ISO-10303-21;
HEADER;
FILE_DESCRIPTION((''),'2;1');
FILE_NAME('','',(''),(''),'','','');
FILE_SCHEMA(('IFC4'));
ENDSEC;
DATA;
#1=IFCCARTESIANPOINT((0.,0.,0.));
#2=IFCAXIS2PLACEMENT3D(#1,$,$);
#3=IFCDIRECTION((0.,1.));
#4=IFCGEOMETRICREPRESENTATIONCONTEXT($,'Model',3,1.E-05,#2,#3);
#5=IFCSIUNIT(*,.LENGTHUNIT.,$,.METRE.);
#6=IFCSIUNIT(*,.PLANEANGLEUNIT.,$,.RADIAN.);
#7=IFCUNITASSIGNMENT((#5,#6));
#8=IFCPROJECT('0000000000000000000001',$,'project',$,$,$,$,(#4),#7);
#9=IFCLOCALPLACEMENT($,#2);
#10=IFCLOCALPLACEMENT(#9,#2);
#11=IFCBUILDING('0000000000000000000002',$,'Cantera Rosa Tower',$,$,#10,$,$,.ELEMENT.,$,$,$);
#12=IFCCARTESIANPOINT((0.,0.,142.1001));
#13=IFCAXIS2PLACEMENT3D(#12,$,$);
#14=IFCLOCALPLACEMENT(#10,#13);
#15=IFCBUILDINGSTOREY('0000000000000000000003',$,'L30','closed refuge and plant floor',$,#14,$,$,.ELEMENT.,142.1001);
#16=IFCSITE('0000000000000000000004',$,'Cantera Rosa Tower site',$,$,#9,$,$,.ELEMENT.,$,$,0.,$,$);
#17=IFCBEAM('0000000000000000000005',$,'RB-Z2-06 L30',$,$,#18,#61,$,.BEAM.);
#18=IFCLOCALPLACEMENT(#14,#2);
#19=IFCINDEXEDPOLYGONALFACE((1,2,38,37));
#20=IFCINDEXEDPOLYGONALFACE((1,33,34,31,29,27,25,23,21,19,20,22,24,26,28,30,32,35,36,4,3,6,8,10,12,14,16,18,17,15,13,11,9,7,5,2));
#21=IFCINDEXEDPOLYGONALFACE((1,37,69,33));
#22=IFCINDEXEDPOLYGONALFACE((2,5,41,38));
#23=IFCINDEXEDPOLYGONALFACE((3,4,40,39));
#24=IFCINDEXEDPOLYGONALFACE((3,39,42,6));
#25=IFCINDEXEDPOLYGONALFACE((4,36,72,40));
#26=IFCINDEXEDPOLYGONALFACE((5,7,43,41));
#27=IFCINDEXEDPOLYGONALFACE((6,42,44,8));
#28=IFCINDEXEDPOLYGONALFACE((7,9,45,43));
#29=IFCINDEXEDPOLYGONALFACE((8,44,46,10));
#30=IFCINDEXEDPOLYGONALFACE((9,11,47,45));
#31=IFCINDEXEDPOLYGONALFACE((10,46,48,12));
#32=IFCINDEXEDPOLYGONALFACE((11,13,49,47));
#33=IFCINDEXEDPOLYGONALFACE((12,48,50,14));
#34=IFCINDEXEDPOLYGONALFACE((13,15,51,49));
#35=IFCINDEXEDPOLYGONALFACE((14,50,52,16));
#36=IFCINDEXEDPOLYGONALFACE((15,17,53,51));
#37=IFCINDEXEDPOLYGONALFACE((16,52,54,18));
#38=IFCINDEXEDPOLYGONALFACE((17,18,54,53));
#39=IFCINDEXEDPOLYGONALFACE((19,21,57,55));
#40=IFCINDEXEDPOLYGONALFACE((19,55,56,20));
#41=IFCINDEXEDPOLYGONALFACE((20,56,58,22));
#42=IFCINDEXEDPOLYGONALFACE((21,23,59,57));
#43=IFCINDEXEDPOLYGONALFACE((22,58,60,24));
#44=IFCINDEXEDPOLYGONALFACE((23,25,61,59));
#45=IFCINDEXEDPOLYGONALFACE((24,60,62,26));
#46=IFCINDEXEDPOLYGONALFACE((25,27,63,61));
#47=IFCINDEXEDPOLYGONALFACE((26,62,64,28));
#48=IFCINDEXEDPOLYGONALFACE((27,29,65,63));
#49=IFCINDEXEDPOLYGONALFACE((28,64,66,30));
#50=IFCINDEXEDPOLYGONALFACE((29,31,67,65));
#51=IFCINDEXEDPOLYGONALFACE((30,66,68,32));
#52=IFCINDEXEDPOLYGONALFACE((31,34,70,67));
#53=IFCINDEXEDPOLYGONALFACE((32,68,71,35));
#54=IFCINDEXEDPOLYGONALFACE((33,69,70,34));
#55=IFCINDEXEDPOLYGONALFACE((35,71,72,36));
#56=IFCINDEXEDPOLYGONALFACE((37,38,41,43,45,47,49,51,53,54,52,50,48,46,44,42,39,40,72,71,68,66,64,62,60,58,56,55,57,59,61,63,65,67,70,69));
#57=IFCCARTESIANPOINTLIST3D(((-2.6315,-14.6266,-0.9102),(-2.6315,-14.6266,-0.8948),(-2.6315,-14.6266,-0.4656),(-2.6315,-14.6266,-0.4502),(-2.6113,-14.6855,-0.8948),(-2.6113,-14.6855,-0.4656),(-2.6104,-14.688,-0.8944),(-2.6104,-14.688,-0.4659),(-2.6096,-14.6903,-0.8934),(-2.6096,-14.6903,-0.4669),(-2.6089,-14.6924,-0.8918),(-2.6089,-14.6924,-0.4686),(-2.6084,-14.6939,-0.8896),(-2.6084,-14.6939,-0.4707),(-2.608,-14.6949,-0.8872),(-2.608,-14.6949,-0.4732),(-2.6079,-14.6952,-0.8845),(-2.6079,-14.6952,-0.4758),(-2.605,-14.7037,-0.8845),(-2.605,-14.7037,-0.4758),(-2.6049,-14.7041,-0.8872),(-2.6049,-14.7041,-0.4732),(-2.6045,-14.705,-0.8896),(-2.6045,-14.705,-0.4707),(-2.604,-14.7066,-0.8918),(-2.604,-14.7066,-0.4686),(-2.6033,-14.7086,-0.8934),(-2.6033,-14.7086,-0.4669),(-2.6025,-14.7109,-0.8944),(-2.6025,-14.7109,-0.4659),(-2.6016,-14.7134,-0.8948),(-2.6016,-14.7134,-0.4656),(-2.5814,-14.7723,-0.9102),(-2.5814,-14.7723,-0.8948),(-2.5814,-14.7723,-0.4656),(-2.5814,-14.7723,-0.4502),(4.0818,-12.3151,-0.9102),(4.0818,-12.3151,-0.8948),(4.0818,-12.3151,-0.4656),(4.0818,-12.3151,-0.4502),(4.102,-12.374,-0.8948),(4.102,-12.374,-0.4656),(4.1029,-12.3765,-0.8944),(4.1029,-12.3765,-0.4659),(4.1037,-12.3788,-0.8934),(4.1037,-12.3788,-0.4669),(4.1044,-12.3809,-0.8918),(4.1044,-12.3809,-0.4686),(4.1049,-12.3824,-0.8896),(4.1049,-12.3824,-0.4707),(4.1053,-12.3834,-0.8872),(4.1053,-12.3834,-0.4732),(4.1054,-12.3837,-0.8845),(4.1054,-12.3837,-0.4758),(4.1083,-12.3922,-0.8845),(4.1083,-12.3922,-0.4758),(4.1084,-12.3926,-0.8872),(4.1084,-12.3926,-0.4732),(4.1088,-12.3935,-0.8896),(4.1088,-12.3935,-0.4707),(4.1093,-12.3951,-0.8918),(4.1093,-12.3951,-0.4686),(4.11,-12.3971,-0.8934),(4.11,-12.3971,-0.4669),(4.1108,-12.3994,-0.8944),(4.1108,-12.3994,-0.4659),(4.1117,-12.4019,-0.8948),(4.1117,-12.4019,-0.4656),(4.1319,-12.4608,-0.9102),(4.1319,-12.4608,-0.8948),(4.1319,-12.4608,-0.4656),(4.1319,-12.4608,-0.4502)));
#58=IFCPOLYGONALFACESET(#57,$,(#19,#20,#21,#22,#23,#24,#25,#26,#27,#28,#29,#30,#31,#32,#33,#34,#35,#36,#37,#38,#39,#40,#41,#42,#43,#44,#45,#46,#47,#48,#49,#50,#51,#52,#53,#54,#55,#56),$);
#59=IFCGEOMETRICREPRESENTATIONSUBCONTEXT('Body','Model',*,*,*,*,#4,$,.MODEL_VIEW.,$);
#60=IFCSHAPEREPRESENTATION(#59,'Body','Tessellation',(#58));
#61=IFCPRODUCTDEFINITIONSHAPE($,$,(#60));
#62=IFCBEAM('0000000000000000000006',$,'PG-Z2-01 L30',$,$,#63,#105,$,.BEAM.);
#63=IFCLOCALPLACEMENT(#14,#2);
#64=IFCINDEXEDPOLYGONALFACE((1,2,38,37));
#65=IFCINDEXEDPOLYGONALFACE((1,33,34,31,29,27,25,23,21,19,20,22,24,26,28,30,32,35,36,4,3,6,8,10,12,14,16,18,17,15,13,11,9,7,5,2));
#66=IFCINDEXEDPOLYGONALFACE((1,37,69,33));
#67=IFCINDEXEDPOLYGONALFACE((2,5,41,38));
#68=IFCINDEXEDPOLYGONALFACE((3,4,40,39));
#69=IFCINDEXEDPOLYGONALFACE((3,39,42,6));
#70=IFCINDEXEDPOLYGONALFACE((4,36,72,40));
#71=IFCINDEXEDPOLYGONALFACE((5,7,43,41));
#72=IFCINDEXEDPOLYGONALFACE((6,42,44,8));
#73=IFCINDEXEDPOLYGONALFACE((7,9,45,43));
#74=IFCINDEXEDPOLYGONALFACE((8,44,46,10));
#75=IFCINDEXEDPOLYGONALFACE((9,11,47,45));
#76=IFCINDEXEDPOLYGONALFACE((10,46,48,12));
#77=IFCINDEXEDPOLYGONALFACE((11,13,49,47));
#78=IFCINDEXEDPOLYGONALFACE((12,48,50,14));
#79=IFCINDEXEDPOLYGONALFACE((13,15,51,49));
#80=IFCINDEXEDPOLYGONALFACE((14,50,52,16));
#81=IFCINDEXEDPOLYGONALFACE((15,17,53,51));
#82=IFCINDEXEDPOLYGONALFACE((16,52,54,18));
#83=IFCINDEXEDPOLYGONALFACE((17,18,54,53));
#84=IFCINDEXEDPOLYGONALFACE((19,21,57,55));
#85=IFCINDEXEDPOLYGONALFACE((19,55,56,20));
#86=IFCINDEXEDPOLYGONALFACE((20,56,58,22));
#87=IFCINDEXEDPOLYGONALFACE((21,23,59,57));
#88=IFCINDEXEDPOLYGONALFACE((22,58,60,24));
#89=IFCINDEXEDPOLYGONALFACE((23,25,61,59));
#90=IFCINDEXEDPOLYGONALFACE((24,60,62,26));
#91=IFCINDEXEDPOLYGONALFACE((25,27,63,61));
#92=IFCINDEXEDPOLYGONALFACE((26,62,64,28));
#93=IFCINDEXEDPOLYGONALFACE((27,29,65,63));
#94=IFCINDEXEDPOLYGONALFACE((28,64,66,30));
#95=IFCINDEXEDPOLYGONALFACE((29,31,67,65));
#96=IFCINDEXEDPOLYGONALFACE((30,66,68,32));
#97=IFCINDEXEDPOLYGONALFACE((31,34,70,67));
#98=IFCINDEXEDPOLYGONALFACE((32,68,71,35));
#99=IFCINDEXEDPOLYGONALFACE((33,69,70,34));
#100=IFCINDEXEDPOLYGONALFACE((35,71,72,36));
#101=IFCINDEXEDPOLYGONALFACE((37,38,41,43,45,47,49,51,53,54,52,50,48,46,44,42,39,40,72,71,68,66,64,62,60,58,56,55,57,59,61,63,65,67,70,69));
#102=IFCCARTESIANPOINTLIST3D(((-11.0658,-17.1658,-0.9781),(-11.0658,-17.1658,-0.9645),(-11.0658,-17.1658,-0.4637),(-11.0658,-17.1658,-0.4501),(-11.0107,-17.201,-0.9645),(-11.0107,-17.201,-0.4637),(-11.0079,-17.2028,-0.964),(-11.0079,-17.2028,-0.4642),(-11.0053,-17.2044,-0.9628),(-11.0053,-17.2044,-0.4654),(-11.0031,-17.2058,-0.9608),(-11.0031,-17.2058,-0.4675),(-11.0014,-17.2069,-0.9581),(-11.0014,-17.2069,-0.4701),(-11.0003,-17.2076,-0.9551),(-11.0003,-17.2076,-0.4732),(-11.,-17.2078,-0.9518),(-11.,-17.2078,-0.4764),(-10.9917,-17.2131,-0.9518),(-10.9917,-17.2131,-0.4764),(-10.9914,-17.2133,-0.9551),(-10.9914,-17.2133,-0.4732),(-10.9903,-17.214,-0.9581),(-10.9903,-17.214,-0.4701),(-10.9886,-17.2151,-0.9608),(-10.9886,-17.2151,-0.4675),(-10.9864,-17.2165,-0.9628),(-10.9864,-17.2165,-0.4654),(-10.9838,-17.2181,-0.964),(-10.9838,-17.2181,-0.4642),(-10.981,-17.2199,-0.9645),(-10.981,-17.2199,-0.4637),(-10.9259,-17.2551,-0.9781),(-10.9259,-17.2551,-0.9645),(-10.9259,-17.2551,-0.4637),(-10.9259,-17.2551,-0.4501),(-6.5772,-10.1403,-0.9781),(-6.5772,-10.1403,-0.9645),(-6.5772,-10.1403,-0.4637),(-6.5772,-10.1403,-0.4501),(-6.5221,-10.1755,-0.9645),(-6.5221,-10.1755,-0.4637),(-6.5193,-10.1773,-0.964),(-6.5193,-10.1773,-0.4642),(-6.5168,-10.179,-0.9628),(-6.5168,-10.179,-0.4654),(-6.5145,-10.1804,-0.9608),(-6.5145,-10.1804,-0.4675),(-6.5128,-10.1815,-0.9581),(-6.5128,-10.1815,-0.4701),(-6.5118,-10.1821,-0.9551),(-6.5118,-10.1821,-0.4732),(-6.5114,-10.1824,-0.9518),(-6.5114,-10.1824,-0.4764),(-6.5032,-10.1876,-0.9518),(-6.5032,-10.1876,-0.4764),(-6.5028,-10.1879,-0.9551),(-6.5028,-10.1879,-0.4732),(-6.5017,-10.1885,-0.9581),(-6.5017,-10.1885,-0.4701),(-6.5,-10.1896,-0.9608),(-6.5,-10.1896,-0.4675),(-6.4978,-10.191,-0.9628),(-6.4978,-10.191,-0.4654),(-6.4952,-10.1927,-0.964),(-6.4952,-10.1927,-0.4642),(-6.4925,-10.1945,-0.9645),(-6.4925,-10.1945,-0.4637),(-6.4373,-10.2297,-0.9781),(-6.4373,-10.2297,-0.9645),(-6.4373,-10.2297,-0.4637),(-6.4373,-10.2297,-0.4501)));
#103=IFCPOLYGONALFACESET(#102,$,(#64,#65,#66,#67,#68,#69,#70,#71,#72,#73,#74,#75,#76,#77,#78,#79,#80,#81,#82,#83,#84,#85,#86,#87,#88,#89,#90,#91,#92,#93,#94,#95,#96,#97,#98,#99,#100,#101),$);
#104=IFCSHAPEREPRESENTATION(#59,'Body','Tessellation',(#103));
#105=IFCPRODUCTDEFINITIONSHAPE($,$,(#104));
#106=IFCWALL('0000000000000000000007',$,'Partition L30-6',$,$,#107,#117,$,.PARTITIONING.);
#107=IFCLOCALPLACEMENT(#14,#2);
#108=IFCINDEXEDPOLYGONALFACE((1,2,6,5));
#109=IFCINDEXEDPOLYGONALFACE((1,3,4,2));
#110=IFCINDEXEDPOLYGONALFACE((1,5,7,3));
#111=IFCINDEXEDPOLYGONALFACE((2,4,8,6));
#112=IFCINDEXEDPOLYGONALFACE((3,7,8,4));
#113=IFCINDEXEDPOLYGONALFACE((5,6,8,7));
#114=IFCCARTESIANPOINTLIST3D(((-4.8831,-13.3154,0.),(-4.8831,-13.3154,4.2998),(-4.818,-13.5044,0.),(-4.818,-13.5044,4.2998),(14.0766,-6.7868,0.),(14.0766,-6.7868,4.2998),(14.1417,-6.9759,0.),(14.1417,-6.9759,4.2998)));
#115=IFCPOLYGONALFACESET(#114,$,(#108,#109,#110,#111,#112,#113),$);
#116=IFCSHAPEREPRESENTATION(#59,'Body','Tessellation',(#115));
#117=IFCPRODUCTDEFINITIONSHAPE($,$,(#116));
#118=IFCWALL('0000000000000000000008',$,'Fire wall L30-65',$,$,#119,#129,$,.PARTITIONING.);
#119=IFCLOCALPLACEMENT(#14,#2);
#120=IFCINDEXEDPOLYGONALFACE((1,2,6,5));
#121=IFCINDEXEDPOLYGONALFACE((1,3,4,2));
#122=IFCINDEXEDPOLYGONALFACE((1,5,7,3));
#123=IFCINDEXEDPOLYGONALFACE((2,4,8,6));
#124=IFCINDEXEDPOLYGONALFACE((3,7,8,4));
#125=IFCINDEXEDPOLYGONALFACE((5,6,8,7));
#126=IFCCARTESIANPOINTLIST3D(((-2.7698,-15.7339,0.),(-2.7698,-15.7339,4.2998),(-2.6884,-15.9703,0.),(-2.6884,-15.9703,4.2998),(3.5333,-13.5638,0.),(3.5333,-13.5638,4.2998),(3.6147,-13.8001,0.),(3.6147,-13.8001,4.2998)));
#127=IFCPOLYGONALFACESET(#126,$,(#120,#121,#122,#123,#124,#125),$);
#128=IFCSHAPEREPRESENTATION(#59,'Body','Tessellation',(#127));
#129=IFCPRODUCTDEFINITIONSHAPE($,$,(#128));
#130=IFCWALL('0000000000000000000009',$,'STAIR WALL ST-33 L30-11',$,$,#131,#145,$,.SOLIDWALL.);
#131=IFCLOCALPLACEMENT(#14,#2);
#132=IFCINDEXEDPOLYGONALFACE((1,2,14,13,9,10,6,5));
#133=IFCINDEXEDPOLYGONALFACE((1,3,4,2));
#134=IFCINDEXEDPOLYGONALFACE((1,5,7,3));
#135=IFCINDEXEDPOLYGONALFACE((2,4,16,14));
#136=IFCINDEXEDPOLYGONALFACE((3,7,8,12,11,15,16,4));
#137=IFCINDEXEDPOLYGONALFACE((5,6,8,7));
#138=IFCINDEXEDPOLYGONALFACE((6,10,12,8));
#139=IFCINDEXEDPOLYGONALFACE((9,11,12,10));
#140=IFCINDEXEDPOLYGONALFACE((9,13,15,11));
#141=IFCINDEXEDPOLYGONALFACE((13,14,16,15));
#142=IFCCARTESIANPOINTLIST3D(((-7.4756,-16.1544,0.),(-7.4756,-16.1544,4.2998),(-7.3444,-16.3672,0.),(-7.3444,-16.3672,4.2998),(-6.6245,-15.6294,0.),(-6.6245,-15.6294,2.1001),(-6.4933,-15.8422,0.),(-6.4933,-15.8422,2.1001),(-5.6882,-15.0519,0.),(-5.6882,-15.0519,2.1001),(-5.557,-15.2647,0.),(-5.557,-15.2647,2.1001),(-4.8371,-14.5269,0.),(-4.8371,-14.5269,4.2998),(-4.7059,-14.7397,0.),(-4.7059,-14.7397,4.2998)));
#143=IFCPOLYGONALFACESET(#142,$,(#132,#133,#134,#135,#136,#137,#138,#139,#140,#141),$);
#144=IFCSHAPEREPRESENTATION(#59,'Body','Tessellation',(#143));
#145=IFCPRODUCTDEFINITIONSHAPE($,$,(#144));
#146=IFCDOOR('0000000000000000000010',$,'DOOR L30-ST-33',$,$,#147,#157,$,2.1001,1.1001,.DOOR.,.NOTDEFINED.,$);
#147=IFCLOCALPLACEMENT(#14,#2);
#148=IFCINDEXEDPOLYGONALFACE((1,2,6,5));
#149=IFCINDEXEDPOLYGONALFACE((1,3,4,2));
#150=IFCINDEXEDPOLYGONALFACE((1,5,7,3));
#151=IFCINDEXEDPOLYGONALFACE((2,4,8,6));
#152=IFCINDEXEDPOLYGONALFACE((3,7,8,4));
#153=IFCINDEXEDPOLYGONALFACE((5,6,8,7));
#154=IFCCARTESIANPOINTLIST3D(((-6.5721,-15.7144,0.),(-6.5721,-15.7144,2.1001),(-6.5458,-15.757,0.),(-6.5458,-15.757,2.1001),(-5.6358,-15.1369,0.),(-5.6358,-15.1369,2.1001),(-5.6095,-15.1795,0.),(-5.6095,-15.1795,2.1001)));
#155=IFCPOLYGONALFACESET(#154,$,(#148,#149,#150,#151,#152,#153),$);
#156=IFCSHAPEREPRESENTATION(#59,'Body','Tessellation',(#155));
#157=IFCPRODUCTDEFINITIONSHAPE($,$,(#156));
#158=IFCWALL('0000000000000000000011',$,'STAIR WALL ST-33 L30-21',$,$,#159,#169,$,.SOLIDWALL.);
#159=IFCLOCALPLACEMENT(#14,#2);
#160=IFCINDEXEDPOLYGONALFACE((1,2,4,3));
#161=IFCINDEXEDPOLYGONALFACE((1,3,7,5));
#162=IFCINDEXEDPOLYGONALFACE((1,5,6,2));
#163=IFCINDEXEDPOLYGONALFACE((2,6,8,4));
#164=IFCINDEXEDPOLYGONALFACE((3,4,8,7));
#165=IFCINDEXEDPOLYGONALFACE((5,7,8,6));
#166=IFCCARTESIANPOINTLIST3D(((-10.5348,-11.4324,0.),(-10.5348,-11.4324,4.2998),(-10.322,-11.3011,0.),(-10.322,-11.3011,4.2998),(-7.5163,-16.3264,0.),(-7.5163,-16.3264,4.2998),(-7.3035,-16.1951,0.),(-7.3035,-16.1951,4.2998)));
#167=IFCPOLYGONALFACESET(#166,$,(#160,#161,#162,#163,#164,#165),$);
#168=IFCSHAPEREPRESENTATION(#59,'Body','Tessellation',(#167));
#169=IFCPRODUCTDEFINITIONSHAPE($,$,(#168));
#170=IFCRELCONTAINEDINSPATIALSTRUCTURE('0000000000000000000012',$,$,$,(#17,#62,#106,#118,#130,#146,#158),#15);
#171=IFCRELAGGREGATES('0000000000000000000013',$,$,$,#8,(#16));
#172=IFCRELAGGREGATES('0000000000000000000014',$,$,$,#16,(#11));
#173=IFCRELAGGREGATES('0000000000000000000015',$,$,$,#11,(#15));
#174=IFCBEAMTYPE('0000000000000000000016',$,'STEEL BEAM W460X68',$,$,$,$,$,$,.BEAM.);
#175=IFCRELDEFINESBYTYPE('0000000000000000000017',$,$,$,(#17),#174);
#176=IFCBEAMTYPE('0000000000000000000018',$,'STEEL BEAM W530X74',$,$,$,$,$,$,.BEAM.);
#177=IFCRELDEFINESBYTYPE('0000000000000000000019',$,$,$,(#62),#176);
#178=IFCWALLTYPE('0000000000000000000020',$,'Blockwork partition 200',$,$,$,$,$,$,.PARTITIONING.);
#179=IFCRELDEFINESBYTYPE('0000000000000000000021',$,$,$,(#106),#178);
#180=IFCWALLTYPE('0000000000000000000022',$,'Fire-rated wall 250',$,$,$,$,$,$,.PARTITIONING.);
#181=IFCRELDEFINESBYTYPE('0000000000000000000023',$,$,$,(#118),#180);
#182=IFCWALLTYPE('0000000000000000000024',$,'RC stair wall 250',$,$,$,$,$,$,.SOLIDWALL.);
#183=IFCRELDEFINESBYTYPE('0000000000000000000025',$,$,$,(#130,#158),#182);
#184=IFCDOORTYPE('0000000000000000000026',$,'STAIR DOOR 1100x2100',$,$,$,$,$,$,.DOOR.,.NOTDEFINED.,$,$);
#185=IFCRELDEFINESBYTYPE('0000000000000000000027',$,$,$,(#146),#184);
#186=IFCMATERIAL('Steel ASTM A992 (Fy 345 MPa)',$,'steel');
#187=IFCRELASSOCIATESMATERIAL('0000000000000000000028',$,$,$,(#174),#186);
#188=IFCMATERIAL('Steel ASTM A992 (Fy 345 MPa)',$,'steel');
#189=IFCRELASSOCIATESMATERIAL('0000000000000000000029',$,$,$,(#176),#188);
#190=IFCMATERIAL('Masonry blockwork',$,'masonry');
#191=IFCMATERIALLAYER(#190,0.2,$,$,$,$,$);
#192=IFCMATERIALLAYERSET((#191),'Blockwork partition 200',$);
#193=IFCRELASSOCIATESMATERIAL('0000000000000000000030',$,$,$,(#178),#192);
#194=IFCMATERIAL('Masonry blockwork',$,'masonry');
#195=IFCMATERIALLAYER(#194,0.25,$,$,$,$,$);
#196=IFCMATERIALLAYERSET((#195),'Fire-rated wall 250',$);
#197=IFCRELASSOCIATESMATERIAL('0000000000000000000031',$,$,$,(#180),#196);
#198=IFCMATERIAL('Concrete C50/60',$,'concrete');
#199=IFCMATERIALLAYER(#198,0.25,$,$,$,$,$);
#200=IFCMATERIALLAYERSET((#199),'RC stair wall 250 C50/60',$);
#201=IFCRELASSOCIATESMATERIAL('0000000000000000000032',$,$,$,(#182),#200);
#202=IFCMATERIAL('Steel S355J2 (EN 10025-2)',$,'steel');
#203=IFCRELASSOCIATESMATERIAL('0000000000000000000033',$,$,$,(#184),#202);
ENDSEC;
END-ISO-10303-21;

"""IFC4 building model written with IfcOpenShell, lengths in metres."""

from ifc_helpers import new_model, si_unit, direction, frame, frame_2d, origin, origin_2d, place, context, subcontext, project, spatial, rectangle, i_section, extrude, material, layer, layer_set, material_profile, profile_set, type_object, element, fill, save


model = new_model("IFC4")

# Units and contexts
model_context = context("Model", 3, precision=1e-05, world=origin(), true_north=direction((0.0, 1.0)))
body_context = subcontext(model_context, "Body", "Model", "MODEL_VIEW")
ifc_project = project(units=[si_unit("LENGTHUNIT", "METRE"), si_unit("PLANEANGLEUNIT", "RADIAN")], contexts=[model_context])

# Site, building, storey
site_placement = place(None, origin())
site = spatial("IfcSite", under=ifc_project, at=site_placement, Name="Cantera Rosa Tower site", CompositionType="ELEMENT", RefElevation=0.0)
building_placement = place(site_placement, origin())
building = spatial("IfcBuilding", under=site, at=building_placement, Name="Cantera Rosa Tower", CompositionType="ELEMENT")
storey_placement = place(building_placement, frame((0.0, 0.0, 142.1001)))
storey = spatial("IfcBuildingStorey", under=building, at=storey_placement, Name="L30", Description="closed refuge and plant floor", CompositionType="ELEMENT", Elevation=142.1001)

# Beams
ifc_material_1 = material(Name="Steel ASTM A992 (Fy 345 MPa)", Category="steel")
ifc_material_profile_1 = material_profile(ifc_material_1, i_section(OverallWidth=0.1541, OverallDepth=0.46, WebThickness=0.009, FlangeThickness=0.0154, FilletRadius=0.0103, at=origin_2d()), Name="W460X68")
ifc_profile_set_1 = profile_set([ifc_material_profile_1], Name="Steel ASTM A992 (Fy 345 MPa)")
beam_type_1 = type_object("IfcBeamType", Name="STEEL BEAM W460X68", PredefinedType="BEAM", material=ifc_profile_set_1)
beam_1_placement = place(storey_placement, frame((-2.6064, -14.6995, -0.6802), z_axis=(0.945522, 0.325558, 0.0), x_axis=(-0.325558, 0.945522, 0.0)))
element("IfcBeam", 1, at=beam_1_placement, inside=storey, type_object=beam_type_1, Name="RB-Z2-06 L30", PredefinedType="BEAM", context=body_context, shape_type="SweptSolid", body=[
    extrude(i_section(OverallWidth=0.1541, OverallDepth=0.46, WebThickness=0.009, FlangeThickness=0.0154, FilletRadius=0.0103, at=origin_2d()), origin(), (0.0, 0.0, 1.0), 7.1001),
])
ifc_material_2 = material(Name="Steel ASTM A992 (Fy 345 MPa)", Category="steel")
ifc_material_profile_2 = material_profile(ifc_material_2, i_section(OverallWidth=0.166, OverallDepth=0.5281, WebThickness=0.0098, FlangeThickness=0.0137, FilletRadius=0.0127, at=origin_2d()), Name="W530X74")
ifc_profile_set_2 = profile_set([ifc_material_profile_2], Name="Steel ASTM A992 (Fy 345 MPa)")
beam_type_2 = type_object("IfcBeamType", Name="STEEL BEAM W530X74", PredefinedType="BEAM", material=ifc_profile_set_2)
beam_2_placement = place(storey_placement, frame((-10.9958, -17.2104, -0.7141), z_axis=(0.538396, 0.842692, 0.0), x_axis=(-0.842692, 0.538396, 0.0)))
element("IfcBeam", 2, at=beam_2_placement, inside=storey, type_object=beam_type_2, Name="PG-Z2-01 L30", PredefinedType="BEAM", context=body_context, shape_type="SweptSolid", body=[
    extrude(i_section(OverallWidth=0.166, OverallDepth=0.5281, WebThickness=0.0098, FlangeThickness=0.0137, FilletRadius=0.0127, at=origin_2d()), origin(), (0.0, 0.0, 1.0), 8.3369),
])

# Walls
ifc_material_3 = material(Name="Masonry blockwork", Category="masonry")
ifc_layer_1 = layer(ifc_material_3, 0.2)
ifc_layer_set_1 = layer_set([ifc_layer_1], Name="Blockwork partition 200")
wall_type_1 = type_object("IfcWallType", Name="Blockwork partition 200", PredefinedType="PARTITIONING", material=ifc_layer_set_1)
wall_1_placement = place(storey_placement, frame((-4.8506, -13.4099, 0.0), z_axis=(0.0, 0.0, 1.0), x_axis=(0.945515, 0.325578, 0.0)))
element("IfcWall", 3, at=wall_1_placement, inside=storey, type_object=wall_type_1, Name="Partition L30-6", PredefinedType="PARTITIONING", context=body_context, shape_type="SweptSolid", body=[
    extrude(rectangle(XDim=20.0522, YDim=0.2, at=frame_2d((10.0261, 0.0))), origin(), (0.0, 0.0, 1.0), 4.2998),
])
ifc_material_4 = material(Name="Masonry blockwork", Category="masonry")
ifc_layer_2 = layer(ifc_material_4, 0.25)
ifc_layer_set_2 = layer_set([ifc_layer_2], Name="Fire-rated wall 250")
wall_type_2 = type_object("IfcWallType", Name="Fire-rated wall 250", PredefinedType="PARTITIONING", material=ifc_layer_set_2)
wall_2_placement = place(storey_placement, frame((-2.729, -15.8521, 0.0), z_axis=(0.0, 0.0, 1.0), x_axis=(0.945528, 0.32554, 0.0)))
element("IfcWall", 4, at=wall_2_placement, inside=storey, type_object=wall_type_2, Name="Fire wall L30-65", PredefinedType="PARTITIONING", context=body_context, shape_type="SweptSolid", body=[
    extrude(rectangle(XDim=6.6663, YDim=0.25, at=frame_2d((3.333, 0.0))), origin(), (0.0, 0.0, 1.0), 4.2998),
])

# Wall, opening, door
ifc_material_5 = material(Name="Concrete C50/60", Category="concrete")
ifc_layer_3 = layer(ifc_material_5, 0.25)
ifc_layer_set_3 = layer_set([ifc_layer_3], Name="RC stair wall 250 C50/60")
wall_type_3 = type_object("IfcWallType", Name="RC stair wall 250", PredefinedType="SOLIDWALL", material=ifc_layer_set_3)
wall_3_placement = place(storey_placement, frame((-4.7715, -14.6333, 0.0), z_axis=(0.0, 0.0, 1.0), x_axis=(-0.851112, -0.524985, 0.0)))
wall_3 = element("IfcWall", 5, at=wall_3_placement, inside=storey, type_object=wall_type_3, Name="STAIR WALL ST-33 L30-11", PredefinedType="SOLIDWALL", context=body_context, shape_type="SweptSolid", body=[
    extrude(rectangle(XDim=3.1001, YDim=0.25, at=frame_2d((1.55, 0.0))), origin(), (0.0, 0.0, 1.0), 4.2998),
])
opening_placement = place(wall_3_placement, frame((1.0, 0.0, 0.0)))
opening = element("IfcOpeningElement", 6, at=opening_placement, cuts=wall_3, PredefinedType="OPENING", context=body_context, shape_type="SweptSolid", body=[
    extrude(rectangle(XDim=1.1001, YDim=2.1001, at=frame_2d((0.55, 1.05))), frame((0.0, 0.135, 0.0), z_axis=(0.0, -1.0, 0.0), x_axis=(1.0, 0.0, 0.0)), (0.0, 0.0, 1.0), 0.27),
])
ifc_material_6 = material(Name="Steel S355J2 (EN 10025-2)", Category="steel")
door_type = type_object("IfcDoorType", Name="STAIR DOOR 1100x2100", OperationType="NOTDEFINED", PredefinedType="DOOR", material=ifc_material_6)
door_placement = place(opening_placement, origin())
door = element("IfcDoor", 7, at=door_placement, inside=storey, type_object=door_type, Name="DOOR L30-ST-33", OperationType="NOTDEFINED", OverallHeight=2.1001, OverallWidth=1.1001, PredefinedType="DOOR", context=body_context, shape_type="SweptSolid", body=[
    extrude(rectangle(XDim=1.1001, YDim=2.1001, at=frame_2d((0.55, 1.05))), frame((0.0, 0.0249, 0.0), z_axis=(0.0, -1.0, 0.0), x_axis=(1.0, 0.0, 0.0)), (0.0, 0.0, 1.0), 0.05),
])
fill(opening, door)

# Wall
wall_4_placement = place(storey_placement, frame((-7.4099, -16.2607, 0.0), z_axis=(0.0, 0.0, 1.0), x_axis=(-0.524959, 0.851127, 0.0)))
element("IfcWall", 8, at=wall_4_placement, inside=storey, type_object=wall_type_3, Name="STAIR WALL ST-33 L30-21", PredefinedType="SOLIDWALL", context=body_context, shape_type="SweptSolid", body=[
    extrude(rectangle(XDim=5.75, YDim=0.25, at=frame_2d((2.875, 0.0))), origin(), (0.0, 0.0, 1.0), 4.2998),
])

save(model, "model.ifc")
